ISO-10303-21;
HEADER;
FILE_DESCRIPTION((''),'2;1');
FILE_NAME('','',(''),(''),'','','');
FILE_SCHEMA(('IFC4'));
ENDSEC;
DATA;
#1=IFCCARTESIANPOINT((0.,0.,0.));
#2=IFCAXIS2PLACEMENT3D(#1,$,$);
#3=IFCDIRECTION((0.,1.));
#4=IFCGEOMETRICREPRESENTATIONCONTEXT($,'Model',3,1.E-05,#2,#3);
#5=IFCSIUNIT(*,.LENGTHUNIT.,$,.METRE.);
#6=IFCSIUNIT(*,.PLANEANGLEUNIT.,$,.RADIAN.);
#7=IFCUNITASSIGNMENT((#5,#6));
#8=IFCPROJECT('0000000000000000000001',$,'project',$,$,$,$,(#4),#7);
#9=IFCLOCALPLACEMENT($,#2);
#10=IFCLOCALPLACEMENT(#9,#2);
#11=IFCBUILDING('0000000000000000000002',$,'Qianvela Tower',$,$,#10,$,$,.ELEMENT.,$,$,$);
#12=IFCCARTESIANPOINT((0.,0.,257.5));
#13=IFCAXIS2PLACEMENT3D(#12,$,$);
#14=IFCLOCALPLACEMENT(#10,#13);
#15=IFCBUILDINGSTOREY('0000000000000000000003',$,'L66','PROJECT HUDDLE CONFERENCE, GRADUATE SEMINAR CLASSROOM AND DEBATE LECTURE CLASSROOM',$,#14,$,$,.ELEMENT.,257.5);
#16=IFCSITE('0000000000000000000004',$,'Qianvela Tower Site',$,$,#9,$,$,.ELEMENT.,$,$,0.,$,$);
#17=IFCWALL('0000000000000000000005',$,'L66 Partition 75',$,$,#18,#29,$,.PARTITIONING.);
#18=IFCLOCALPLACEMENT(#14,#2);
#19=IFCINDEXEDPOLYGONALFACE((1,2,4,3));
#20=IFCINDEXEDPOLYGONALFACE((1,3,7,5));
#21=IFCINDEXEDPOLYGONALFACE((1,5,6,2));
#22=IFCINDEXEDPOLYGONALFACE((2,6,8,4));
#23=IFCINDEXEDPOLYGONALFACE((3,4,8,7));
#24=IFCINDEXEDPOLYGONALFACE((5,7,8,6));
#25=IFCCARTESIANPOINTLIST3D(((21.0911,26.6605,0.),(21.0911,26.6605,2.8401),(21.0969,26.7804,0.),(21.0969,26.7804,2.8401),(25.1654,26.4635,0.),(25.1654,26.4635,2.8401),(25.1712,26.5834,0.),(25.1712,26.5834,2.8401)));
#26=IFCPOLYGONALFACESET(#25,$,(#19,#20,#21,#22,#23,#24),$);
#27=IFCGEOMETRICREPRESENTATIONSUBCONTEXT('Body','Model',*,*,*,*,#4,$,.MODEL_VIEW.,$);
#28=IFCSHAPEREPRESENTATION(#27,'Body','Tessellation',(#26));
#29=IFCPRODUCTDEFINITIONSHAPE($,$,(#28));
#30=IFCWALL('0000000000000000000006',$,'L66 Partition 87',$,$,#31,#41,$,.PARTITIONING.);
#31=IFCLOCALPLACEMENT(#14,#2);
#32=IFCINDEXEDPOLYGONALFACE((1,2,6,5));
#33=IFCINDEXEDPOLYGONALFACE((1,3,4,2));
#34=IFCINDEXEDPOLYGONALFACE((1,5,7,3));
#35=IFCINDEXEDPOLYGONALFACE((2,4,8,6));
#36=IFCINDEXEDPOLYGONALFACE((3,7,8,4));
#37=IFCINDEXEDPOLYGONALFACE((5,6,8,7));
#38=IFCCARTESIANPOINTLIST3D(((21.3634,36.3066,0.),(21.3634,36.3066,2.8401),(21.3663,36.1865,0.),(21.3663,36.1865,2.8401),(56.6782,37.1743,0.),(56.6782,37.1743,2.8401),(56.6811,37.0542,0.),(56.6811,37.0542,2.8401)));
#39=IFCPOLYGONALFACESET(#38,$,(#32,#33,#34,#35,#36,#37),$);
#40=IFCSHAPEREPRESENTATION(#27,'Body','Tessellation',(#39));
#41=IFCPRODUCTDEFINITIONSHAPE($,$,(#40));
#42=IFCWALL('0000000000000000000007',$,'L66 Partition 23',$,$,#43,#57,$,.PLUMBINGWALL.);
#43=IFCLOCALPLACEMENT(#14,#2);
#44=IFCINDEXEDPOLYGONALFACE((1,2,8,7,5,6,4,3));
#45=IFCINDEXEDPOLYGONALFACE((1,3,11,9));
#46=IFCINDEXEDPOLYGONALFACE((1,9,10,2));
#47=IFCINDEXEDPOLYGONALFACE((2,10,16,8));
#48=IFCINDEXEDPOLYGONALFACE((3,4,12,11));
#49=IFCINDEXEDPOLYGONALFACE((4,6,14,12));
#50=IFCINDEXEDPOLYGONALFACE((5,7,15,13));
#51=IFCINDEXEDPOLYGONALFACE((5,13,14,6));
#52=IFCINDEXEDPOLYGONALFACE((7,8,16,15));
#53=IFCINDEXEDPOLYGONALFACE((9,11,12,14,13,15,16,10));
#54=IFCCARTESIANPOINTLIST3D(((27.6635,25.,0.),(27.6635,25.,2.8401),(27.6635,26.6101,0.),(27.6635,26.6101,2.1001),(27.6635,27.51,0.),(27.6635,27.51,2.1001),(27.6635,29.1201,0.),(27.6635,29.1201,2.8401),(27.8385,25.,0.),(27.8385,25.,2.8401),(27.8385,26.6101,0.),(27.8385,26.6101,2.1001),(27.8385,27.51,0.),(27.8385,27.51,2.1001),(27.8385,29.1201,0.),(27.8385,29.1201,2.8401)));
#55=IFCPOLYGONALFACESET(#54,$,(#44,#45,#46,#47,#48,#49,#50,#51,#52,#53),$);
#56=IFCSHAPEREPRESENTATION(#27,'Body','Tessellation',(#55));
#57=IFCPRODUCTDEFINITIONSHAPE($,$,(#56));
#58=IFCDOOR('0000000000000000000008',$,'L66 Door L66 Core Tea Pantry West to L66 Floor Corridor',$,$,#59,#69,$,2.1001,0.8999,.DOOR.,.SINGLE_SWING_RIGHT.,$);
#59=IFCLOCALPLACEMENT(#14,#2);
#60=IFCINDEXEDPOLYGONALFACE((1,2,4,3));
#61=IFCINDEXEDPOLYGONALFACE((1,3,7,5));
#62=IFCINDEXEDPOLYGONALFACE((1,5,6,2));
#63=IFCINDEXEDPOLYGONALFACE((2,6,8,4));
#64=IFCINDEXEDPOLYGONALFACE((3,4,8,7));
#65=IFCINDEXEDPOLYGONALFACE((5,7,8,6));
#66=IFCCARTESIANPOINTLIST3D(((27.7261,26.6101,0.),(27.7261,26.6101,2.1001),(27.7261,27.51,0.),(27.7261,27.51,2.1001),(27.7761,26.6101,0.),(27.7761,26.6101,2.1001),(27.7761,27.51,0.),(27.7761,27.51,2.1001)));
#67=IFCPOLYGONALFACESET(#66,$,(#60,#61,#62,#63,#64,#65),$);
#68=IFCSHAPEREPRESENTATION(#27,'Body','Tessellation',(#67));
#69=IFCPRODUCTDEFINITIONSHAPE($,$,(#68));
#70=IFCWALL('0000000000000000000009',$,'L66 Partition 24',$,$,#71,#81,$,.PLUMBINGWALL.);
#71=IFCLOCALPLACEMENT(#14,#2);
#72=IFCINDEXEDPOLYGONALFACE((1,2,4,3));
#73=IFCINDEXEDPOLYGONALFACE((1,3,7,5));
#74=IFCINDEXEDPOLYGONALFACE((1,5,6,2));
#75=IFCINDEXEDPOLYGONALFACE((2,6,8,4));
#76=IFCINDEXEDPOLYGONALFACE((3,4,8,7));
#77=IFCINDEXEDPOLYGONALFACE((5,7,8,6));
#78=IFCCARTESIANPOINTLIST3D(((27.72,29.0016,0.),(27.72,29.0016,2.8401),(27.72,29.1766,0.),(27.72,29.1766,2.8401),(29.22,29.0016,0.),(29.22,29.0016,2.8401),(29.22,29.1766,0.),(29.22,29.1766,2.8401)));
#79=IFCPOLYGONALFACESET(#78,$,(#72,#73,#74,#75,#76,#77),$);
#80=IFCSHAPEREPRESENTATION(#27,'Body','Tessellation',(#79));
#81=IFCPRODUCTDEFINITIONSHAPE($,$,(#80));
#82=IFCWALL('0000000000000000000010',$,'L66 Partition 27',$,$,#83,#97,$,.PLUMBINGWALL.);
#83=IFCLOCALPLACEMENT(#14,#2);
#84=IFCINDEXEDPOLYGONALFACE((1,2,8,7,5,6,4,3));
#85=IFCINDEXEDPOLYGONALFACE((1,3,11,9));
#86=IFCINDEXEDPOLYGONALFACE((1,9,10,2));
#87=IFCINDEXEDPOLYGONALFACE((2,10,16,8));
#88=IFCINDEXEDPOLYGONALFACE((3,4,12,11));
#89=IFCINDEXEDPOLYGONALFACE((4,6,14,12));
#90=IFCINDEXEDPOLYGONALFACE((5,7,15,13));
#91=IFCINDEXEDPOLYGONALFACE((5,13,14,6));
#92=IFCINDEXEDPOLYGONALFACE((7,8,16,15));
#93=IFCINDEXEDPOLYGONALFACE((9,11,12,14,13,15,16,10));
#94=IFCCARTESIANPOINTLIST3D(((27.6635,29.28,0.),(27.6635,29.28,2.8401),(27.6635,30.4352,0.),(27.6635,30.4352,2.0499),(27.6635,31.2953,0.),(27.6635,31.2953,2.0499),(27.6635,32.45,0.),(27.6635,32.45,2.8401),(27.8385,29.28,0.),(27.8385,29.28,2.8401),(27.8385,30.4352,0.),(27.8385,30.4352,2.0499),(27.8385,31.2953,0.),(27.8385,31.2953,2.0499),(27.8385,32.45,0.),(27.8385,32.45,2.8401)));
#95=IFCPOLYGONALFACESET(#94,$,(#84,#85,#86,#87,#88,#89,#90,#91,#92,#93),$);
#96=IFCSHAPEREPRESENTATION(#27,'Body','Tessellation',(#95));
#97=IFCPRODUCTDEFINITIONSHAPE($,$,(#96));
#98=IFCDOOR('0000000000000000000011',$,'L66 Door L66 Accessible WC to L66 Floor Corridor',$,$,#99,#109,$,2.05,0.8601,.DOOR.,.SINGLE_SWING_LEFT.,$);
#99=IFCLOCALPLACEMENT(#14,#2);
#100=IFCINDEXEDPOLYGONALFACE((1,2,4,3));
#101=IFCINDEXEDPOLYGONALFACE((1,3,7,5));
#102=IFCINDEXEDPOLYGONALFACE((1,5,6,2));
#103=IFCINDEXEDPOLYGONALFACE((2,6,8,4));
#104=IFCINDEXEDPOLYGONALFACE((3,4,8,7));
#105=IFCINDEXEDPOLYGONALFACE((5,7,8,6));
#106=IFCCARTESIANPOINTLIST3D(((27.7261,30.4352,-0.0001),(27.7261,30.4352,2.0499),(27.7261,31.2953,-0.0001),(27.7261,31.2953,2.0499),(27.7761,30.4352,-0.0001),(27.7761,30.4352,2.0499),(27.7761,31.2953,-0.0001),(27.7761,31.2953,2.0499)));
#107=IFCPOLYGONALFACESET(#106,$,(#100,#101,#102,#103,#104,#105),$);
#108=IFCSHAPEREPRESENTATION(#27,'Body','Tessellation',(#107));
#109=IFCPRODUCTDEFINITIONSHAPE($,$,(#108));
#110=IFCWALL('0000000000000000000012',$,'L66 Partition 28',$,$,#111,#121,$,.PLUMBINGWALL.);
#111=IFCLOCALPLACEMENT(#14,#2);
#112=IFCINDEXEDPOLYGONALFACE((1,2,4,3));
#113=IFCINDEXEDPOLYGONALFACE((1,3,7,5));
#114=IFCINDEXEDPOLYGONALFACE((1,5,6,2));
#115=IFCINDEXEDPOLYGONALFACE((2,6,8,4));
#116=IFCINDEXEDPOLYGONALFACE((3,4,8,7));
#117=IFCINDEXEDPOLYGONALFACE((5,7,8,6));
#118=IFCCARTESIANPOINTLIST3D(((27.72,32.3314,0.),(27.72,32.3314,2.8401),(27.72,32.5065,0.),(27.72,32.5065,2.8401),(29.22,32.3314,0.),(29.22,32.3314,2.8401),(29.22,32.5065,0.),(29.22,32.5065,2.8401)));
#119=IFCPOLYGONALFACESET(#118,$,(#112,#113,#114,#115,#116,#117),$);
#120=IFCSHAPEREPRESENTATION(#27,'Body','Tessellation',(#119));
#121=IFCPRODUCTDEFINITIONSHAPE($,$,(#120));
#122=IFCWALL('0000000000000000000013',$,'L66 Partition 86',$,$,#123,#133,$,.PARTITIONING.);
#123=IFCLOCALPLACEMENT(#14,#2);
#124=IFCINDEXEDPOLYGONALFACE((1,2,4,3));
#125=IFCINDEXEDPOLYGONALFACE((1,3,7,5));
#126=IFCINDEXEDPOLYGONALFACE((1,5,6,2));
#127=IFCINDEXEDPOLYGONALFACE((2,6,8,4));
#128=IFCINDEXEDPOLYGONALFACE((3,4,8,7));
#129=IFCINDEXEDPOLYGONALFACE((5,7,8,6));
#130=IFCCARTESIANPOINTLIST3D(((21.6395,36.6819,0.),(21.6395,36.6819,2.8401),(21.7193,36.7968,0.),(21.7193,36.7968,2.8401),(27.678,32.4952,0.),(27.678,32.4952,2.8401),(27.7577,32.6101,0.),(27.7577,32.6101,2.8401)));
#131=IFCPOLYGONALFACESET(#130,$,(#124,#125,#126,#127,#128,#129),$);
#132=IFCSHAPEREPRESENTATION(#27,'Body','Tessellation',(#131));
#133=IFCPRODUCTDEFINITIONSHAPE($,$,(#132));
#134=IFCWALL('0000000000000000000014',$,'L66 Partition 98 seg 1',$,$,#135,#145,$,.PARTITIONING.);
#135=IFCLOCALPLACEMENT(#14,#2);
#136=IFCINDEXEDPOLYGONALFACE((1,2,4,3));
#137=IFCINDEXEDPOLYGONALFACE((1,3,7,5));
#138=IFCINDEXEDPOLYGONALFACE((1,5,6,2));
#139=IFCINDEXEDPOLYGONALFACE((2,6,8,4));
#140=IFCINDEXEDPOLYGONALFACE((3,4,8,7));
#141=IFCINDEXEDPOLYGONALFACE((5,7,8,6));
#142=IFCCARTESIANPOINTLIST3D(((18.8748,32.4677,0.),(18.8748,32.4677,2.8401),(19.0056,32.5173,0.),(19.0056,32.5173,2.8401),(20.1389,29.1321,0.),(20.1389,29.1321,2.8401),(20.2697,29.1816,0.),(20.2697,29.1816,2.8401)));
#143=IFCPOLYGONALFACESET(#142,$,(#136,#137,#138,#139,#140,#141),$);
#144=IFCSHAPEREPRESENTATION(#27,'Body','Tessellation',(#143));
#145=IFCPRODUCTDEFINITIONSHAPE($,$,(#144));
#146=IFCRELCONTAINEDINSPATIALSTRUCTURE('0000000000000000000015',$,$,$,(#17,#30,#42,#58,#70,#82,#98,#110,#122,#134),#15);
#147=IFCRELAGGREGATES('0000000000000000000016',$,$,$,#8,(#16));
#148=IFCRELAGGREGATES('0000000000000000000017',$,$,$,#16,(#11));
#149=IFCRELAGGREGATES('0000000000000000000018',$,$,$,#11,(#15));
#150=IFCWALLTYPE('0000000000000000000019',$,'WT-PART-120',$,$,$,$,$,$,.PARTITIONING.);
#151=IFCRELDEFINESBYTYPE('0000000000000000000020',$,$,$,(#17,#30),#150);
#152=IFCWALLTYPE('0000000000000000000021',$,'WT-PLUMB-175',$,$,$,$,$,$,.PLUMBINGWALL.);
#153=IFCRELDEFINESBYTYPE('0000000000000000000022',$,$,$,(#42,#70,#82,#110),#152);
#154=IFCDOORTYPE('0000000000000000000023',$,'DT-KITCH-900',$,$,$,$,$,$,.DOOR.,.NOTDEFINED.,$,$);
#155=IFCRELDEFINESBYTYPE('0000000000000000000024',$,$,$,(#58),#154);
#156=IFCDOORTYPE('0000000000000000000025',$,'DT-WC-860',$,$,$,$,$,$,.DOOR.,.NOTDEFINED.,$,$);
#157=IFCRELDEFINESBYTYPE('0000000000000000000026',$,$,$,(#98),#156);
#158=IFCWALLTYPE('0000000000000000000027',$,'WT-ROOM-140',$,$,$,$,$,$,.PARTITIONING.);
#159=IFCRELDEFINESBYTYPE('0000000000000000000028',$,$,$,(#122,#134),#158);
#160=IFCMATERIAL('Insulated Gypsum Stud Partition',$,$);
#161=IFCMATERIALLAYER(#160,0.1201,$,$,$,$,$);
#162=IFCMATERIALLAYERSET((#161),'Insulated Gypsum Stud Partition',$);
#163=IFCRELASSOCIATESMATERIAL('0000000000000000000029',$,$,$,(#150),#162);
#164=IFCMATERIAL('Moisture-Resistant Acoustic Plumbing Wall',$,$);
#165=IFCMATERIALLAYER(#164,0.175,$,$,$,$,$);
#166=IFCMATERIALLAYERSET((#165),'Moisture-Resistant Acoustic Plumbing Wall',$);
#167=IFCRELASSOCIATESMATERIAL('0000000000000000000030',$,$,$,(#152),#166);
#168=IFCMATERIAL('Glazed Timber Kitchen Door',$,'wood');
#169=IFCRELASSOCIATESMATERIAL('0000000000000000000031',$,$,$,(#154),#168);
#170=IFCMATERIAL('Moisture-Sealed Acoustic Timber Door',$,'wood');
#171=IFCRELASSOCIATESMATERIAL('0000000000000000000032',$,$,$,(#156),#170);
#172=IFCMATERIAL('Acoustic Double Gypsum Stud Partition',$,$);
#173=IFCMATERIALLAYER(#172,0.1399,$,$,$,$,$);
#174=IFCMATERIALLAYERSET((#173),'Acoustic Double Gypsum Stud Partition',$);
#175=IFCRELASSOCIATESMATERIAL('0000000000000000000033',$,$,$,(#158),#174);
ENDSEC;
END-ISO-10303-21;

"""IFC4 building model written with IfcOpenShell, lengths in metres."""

from ifc_helpers import new_model, si_unit, direction, frame, frame_2d, origin, place, context, subcontext, project, spatial, rectangle, extrude, material, layer, layer_set, type_object, element, fill, save


model = new_model("IFC4")

# Units and contexts
model_context = context("Model", 3, precision=1e-05, world=origin(), true_north=direction((0.0, 1.0)))
body_context = subcontext(model_context, "Body", "Model", "MODEL_VIEW")
ifc_project = project(units=[si_unit("LENGTHUNIT", "METRE"), si_unit("PLANEANGLEUNIT", "RADIAN")], contexts=[model_context])

# Site, building, storey
site_placement = place(None, origin())
site = spatial("IfcSite", under=ifc_project, at=site_placement, Name="Qianvela Tower Site", CompositionType="ELEMENT", RefElevation=0.0)
building_placement = place(site_placement, origin())
building = spatial("IfcBuilding", under=site, at=building_placement, Name="Qianvela Tower", CompositionType="ELEMENT")
storey_placement = place(building_placement, frame((0.0, 0.0, 257.5)))
storey = spatial("IfcBuildingStorey", under=building, at=storey_placement, Name="L66", Description="PROJECT HUDDLE CONFERENCE, GRADUATE SEMINAR CLASSROOM AND DEBATE LECTURE CLASSROOM", CompositionType="ELEMENT", Elevation=257.5)

# Walls
ifc_material_1 = material(Name="Insulated Gypsum Stud Partition")
ifc_layer_1 = layer(ifc_material_1, 0.1201)
ifc_layer_set_1 = layer_set([ifc_layer_1], Name="Insulated Gypsum Stud Partition")
wall_type_1 = type_object("IfcWallType", Name="WT-PART-120", PredefinedType="PARTITIONING", material=ifc_layer_set_1)
wall_1_placement = place(storey_placement, frame((21.094, 26.7205, 0.0), z_axis=(0.0, 0.0, 1.0), x_axis=(0.998833, -0.048299, 0.0)))
element("IfcWall", 1, at=wall_1_placement, inside=storey, type_object=wall_type_1, Name="L66 Partition 75", PredefinedType="PARTITIONING", context=body_context, shape_type="SweptSolid", body=[
    extrude(rectangle(XDim=4.0791, YDim=0.1201, at=frame_2d((2.0396, 0.0))), origin(), (0.0, 0.0, 1.0), 2.8401),
])
wall_2_placement = place(storey_placement, frame((21.365, 36.2466, 0.0), z_axis=(0.0, 0.0, 1.0), x_axis=(0.999698, 0.024562, 0.0)))
element("IfcWall", 2, at=wall_2_placement, inside=storey, type_object=wall_type_1, Name="L66 Partition 87", PredefinedType="PARTITIONING", context=body_context, shape_type="SweptSolid", body=[
    extrude(rectangle(XDim=35.3254, YDim=0.1201, at=frame_2d((17.6626, 0.0))), origin(), (0.0, 0.0, 1.0), 2.8401),
])

# Wall, opening, door
ifc_material_2 = material(Name="Moisture-Resistant Acoustic Plumbing Wall")
ifc_layer_2 = layer(ifc_material_2, 0.175)
ifc_layer_set_2 = layer_set([ifc_layer_2], Name="Moisture-Resistant Acoustic Plumbing Wall")
wall_type_2 = type_object("IfcWallType", Name="WT-PLUMB-175", PredefinedType="PLUMBINGWALL", material=ifc_layer_set_2)
wall_3_placement = place(storey_placement, frame((27.751, 25.0, 0.0), z_axis=(0.0, 0.0, 1.0), x_axis=(0.0, 1.0, 0.0)))
wall_3 = element("IfcWall", 3, at=wall_3_placement, inside=storey, type_object=wall_type_2, Name="L66 Partition 23", PredefinedType="PLUMBINGWALL", context=body_context, shape_type="SweptSolid", body=[
    extrude(rectangle(XDim=4.1201, YDim=0.175, at=frame_2d((2.0601, 0.0))), origin(), (0.0, 0.0, 1.0), 2.8401),
])
opening_1_placement = place(wall_3_placement, frame((1.6101, 0.0, 0.0)))
opening_1 = element("IfcOpeningElement", 4, at=opening_1_placement, cuts=wall_3, PredefinedType="OPENING", context=body_context, shape_type="SweptSolid", body=[
    extrude(rectangle(XDim=0.8999, YDim=2.1001, at=frame_2d((0.45, 1.05))), frame((0.0, 0.0974, 0.0), z_axis=(0.0, -1.0, 0.0), x_axis=(1.0, 0.0, 0.0)), (0.0, 0.0, 1.0), 0.1951),
])
ifc_material_3 = material(Name="Glazed Timber Kitchen Door", Category="wood")
door_type_1 = type_object("IfcDoorType", Name="DT-KITCH-900", OperationType="NOTDEFINED", PredefinedType="DOOR", material=ifc_material_3)
door_1_placement = place(opening_1_placement, origin())
door_1 = element("IfcDoor", 5, at=door_1_placement, inside=storey, type_object=door_type_1, Name="L66 Door L66 Core Tea Pantry West to L66 Floor Corridor", OperationType="SINGLE_SWING_RIGHT", OverallHeight=2.1001, OverallWidth=0.8999, PredefinedType="DOOR", context=body_context, shape_type="SweptSolid", body=[
    extrude(rectangle(XDim=0.8999, YDim=2.1001, at=frame_2d((0.45, 1.05))), frame((0.0, 0.0249, 0.0), z_axis=(0.0, -1.0, 0.0), x_axis=(1.0, 0.0, 0.0)), (0.0, 0.0, 1.0), 0.05),
])
fill(opening_1, door_1)

# Wall
wall_4_placement = place(storey_placement, frame((27.72, 29.0891, 0.0), z_axis=(0.0, 0.0, 1.0), x_axis=(1.0, 0.0, 0.0)))
element("IfcWall", 6, at=wall_4_placement, inside=storey, type_object=wall_type_2, Name="L66 Partition 24", PredefinedType="PLUMBINGWALL", context=body_context, shape_type="SweptSolid", body=[
    extrude(rectangle(XDim=1.5, YDim=0.175, at=frame_2d((0.75, 0.0))), origin(), (0.0, 0.0, 1.0), 2.8401),
])

# Wall, opening, door
wall_5_placement = place(storey_placement, frame((27.751, 29.28, 0.0), z_axis=(0.0, 0.0, 1.0), x_axis=(0.0, 1.0, 0.0)))
wall_5 = element("IfcWall", 7, at=wall_5_placement, inside=storey, type_object=wall_type_2, Name="L66 Partition 27", PredefinedType="PLUMBINGWALL", context=body_context, shape_type="SweptSolid", body=[
    extrude(rectangle(XDim=3.1699, YDim=0.175, at=frame_2d((1.585, 0.0))), origin(), (0.0, 0.0, 1.0), 2.8401),
])
opening_2_placement = place(wall_5_placement, frame((1.155, 0.0, 0.0)))
opening_2 = element("IfcOpeningElement", 8, at=opening_2_placement, cuts=wall_5, PredefinedType="OPENING", context=body_context, shape_type="SweptSolid", body=[
    extrude(rectangle(XDim=0.8601, YDim=2.05, at=frame_2d((0.4302, 1.0249))), frame((0.0, 0.0974, 0.0), z_axis=(0.0, -1.0, 0.0), x_axis=(1.0, 0.0, 0.0)), (0.0, 0.0, 1.0), 0.1951),
])
ifc_material_4 = material(Name="Moisture-Sealed Acoustic Timber Door", Category="wood")
door_type_2 = type_object("IfcDoorType", Name="DT-WC-860", OperationType="NOTDEFINED", PredefinedType="DOOR", material=ifc_material_4)
door_2_placement = place(opening_2_placement, origin())
door_2 = element("IfcDoor", 9, at=door_2_placement, inside=storey, type_object=door_type_2, Name="L66 Door L66 Accessible WC to L66 Floor Corridor", OperationType="SINGLE_SWING_LEFT", OverallHeight=2.05, OverallWidth=0.8601, PredefinedType="DOOR", context=body_context, shape_type="SweptSolid", body=[
    extrude(rectangle(XDim=0.8601, YDim=2.05, at=frame_2d((0.4302, 1.0249))), frame((0.0, 0.0249, 0.0), z_axis=(0.0, -1.0, 0.0), x_axis=(1.0, 0.0, 0.0)), (0.0, 0.0, 1.0), 0.05),
])
fill(opening_2, door_2)

# Walls
wall_6_placement = place(storey_placement, frame((27.72, 32.4189, 0.0), z_axis=(0.0, 0.0, 1.0), x_axis=(1.0, 0.0, 0.0)))
element("IfcWall", 10, at=wall_6_placement, inside=storey, type_object=wall_type_2, Name="L66 Partition 28", PredefinedType="PLUMBINGWALL", context=body_context, shape_type="SweptSolid", body=[
    extrude(rectangle(XDim=1.5, YDim=0.175, at=frame_2d((0.75, 0.0))), origin(), (0.0, 0.0, 1.0), 2.8401),
])
ifc_material_5 = material(Name="Acoustic Double Gypsum Stud Partition")
ifc_layer_3 = layer(ifc_material_5, 0.1399)
ifc_layer_set_3 = layer_set([ifc_layer_3], Name="Acoustic Double Gypsum Stud Partition")
wall_type_3 = type_object("IfcWallType", Name="WT-ROOM-140", PredefinedType="PARTITIONING", material=ifc_layer_set_3)
wall_7_placement = place(storey_placement, frame((27.7178, 32.5527, 0.0), z_axis=(0.0, 0.0, 1.0), x_axis=(-0.821796, 0.569782, 0.0)))
element("IfcWall", 11, at=wall_7_placement, inside=storey, type_object=wall_type_3, Name="L66 Partition 86", PredefinedType="PARTITIONING", context=body_context, shape_type="SweptSolid", body=[
    extrude(rectangle(XDim=7.3479, YDim=0.1399, at=frame_2d((3.6738, 0.0))), origin(), (0.0, 0.0, 1.0), 2.8401),
])
wall_8_placement = place(storey_placement, frame((20.2043, 29.1567, 0.0), z_axis=(0.0, 0.0, 1.0), x_axis=(-0.354384, 0.9351, 0.0)))
element("IfcWall", 12, at=wall_8_placement, inside=storey, type_object=wall_type_3, Name="L66 Partition 98 seg 1", PredefinedType="PARTITIONING", context=body_context, shape_type="SweptSolid", body=[
    extrude(rectangle(XDim=3.5671, YDim=0.1399, at=frame_2d((1.7837, 0.0))), origin(), (0.0, 0.0, 1.0), 2.8401),
])

save(model, "model.ifc")
